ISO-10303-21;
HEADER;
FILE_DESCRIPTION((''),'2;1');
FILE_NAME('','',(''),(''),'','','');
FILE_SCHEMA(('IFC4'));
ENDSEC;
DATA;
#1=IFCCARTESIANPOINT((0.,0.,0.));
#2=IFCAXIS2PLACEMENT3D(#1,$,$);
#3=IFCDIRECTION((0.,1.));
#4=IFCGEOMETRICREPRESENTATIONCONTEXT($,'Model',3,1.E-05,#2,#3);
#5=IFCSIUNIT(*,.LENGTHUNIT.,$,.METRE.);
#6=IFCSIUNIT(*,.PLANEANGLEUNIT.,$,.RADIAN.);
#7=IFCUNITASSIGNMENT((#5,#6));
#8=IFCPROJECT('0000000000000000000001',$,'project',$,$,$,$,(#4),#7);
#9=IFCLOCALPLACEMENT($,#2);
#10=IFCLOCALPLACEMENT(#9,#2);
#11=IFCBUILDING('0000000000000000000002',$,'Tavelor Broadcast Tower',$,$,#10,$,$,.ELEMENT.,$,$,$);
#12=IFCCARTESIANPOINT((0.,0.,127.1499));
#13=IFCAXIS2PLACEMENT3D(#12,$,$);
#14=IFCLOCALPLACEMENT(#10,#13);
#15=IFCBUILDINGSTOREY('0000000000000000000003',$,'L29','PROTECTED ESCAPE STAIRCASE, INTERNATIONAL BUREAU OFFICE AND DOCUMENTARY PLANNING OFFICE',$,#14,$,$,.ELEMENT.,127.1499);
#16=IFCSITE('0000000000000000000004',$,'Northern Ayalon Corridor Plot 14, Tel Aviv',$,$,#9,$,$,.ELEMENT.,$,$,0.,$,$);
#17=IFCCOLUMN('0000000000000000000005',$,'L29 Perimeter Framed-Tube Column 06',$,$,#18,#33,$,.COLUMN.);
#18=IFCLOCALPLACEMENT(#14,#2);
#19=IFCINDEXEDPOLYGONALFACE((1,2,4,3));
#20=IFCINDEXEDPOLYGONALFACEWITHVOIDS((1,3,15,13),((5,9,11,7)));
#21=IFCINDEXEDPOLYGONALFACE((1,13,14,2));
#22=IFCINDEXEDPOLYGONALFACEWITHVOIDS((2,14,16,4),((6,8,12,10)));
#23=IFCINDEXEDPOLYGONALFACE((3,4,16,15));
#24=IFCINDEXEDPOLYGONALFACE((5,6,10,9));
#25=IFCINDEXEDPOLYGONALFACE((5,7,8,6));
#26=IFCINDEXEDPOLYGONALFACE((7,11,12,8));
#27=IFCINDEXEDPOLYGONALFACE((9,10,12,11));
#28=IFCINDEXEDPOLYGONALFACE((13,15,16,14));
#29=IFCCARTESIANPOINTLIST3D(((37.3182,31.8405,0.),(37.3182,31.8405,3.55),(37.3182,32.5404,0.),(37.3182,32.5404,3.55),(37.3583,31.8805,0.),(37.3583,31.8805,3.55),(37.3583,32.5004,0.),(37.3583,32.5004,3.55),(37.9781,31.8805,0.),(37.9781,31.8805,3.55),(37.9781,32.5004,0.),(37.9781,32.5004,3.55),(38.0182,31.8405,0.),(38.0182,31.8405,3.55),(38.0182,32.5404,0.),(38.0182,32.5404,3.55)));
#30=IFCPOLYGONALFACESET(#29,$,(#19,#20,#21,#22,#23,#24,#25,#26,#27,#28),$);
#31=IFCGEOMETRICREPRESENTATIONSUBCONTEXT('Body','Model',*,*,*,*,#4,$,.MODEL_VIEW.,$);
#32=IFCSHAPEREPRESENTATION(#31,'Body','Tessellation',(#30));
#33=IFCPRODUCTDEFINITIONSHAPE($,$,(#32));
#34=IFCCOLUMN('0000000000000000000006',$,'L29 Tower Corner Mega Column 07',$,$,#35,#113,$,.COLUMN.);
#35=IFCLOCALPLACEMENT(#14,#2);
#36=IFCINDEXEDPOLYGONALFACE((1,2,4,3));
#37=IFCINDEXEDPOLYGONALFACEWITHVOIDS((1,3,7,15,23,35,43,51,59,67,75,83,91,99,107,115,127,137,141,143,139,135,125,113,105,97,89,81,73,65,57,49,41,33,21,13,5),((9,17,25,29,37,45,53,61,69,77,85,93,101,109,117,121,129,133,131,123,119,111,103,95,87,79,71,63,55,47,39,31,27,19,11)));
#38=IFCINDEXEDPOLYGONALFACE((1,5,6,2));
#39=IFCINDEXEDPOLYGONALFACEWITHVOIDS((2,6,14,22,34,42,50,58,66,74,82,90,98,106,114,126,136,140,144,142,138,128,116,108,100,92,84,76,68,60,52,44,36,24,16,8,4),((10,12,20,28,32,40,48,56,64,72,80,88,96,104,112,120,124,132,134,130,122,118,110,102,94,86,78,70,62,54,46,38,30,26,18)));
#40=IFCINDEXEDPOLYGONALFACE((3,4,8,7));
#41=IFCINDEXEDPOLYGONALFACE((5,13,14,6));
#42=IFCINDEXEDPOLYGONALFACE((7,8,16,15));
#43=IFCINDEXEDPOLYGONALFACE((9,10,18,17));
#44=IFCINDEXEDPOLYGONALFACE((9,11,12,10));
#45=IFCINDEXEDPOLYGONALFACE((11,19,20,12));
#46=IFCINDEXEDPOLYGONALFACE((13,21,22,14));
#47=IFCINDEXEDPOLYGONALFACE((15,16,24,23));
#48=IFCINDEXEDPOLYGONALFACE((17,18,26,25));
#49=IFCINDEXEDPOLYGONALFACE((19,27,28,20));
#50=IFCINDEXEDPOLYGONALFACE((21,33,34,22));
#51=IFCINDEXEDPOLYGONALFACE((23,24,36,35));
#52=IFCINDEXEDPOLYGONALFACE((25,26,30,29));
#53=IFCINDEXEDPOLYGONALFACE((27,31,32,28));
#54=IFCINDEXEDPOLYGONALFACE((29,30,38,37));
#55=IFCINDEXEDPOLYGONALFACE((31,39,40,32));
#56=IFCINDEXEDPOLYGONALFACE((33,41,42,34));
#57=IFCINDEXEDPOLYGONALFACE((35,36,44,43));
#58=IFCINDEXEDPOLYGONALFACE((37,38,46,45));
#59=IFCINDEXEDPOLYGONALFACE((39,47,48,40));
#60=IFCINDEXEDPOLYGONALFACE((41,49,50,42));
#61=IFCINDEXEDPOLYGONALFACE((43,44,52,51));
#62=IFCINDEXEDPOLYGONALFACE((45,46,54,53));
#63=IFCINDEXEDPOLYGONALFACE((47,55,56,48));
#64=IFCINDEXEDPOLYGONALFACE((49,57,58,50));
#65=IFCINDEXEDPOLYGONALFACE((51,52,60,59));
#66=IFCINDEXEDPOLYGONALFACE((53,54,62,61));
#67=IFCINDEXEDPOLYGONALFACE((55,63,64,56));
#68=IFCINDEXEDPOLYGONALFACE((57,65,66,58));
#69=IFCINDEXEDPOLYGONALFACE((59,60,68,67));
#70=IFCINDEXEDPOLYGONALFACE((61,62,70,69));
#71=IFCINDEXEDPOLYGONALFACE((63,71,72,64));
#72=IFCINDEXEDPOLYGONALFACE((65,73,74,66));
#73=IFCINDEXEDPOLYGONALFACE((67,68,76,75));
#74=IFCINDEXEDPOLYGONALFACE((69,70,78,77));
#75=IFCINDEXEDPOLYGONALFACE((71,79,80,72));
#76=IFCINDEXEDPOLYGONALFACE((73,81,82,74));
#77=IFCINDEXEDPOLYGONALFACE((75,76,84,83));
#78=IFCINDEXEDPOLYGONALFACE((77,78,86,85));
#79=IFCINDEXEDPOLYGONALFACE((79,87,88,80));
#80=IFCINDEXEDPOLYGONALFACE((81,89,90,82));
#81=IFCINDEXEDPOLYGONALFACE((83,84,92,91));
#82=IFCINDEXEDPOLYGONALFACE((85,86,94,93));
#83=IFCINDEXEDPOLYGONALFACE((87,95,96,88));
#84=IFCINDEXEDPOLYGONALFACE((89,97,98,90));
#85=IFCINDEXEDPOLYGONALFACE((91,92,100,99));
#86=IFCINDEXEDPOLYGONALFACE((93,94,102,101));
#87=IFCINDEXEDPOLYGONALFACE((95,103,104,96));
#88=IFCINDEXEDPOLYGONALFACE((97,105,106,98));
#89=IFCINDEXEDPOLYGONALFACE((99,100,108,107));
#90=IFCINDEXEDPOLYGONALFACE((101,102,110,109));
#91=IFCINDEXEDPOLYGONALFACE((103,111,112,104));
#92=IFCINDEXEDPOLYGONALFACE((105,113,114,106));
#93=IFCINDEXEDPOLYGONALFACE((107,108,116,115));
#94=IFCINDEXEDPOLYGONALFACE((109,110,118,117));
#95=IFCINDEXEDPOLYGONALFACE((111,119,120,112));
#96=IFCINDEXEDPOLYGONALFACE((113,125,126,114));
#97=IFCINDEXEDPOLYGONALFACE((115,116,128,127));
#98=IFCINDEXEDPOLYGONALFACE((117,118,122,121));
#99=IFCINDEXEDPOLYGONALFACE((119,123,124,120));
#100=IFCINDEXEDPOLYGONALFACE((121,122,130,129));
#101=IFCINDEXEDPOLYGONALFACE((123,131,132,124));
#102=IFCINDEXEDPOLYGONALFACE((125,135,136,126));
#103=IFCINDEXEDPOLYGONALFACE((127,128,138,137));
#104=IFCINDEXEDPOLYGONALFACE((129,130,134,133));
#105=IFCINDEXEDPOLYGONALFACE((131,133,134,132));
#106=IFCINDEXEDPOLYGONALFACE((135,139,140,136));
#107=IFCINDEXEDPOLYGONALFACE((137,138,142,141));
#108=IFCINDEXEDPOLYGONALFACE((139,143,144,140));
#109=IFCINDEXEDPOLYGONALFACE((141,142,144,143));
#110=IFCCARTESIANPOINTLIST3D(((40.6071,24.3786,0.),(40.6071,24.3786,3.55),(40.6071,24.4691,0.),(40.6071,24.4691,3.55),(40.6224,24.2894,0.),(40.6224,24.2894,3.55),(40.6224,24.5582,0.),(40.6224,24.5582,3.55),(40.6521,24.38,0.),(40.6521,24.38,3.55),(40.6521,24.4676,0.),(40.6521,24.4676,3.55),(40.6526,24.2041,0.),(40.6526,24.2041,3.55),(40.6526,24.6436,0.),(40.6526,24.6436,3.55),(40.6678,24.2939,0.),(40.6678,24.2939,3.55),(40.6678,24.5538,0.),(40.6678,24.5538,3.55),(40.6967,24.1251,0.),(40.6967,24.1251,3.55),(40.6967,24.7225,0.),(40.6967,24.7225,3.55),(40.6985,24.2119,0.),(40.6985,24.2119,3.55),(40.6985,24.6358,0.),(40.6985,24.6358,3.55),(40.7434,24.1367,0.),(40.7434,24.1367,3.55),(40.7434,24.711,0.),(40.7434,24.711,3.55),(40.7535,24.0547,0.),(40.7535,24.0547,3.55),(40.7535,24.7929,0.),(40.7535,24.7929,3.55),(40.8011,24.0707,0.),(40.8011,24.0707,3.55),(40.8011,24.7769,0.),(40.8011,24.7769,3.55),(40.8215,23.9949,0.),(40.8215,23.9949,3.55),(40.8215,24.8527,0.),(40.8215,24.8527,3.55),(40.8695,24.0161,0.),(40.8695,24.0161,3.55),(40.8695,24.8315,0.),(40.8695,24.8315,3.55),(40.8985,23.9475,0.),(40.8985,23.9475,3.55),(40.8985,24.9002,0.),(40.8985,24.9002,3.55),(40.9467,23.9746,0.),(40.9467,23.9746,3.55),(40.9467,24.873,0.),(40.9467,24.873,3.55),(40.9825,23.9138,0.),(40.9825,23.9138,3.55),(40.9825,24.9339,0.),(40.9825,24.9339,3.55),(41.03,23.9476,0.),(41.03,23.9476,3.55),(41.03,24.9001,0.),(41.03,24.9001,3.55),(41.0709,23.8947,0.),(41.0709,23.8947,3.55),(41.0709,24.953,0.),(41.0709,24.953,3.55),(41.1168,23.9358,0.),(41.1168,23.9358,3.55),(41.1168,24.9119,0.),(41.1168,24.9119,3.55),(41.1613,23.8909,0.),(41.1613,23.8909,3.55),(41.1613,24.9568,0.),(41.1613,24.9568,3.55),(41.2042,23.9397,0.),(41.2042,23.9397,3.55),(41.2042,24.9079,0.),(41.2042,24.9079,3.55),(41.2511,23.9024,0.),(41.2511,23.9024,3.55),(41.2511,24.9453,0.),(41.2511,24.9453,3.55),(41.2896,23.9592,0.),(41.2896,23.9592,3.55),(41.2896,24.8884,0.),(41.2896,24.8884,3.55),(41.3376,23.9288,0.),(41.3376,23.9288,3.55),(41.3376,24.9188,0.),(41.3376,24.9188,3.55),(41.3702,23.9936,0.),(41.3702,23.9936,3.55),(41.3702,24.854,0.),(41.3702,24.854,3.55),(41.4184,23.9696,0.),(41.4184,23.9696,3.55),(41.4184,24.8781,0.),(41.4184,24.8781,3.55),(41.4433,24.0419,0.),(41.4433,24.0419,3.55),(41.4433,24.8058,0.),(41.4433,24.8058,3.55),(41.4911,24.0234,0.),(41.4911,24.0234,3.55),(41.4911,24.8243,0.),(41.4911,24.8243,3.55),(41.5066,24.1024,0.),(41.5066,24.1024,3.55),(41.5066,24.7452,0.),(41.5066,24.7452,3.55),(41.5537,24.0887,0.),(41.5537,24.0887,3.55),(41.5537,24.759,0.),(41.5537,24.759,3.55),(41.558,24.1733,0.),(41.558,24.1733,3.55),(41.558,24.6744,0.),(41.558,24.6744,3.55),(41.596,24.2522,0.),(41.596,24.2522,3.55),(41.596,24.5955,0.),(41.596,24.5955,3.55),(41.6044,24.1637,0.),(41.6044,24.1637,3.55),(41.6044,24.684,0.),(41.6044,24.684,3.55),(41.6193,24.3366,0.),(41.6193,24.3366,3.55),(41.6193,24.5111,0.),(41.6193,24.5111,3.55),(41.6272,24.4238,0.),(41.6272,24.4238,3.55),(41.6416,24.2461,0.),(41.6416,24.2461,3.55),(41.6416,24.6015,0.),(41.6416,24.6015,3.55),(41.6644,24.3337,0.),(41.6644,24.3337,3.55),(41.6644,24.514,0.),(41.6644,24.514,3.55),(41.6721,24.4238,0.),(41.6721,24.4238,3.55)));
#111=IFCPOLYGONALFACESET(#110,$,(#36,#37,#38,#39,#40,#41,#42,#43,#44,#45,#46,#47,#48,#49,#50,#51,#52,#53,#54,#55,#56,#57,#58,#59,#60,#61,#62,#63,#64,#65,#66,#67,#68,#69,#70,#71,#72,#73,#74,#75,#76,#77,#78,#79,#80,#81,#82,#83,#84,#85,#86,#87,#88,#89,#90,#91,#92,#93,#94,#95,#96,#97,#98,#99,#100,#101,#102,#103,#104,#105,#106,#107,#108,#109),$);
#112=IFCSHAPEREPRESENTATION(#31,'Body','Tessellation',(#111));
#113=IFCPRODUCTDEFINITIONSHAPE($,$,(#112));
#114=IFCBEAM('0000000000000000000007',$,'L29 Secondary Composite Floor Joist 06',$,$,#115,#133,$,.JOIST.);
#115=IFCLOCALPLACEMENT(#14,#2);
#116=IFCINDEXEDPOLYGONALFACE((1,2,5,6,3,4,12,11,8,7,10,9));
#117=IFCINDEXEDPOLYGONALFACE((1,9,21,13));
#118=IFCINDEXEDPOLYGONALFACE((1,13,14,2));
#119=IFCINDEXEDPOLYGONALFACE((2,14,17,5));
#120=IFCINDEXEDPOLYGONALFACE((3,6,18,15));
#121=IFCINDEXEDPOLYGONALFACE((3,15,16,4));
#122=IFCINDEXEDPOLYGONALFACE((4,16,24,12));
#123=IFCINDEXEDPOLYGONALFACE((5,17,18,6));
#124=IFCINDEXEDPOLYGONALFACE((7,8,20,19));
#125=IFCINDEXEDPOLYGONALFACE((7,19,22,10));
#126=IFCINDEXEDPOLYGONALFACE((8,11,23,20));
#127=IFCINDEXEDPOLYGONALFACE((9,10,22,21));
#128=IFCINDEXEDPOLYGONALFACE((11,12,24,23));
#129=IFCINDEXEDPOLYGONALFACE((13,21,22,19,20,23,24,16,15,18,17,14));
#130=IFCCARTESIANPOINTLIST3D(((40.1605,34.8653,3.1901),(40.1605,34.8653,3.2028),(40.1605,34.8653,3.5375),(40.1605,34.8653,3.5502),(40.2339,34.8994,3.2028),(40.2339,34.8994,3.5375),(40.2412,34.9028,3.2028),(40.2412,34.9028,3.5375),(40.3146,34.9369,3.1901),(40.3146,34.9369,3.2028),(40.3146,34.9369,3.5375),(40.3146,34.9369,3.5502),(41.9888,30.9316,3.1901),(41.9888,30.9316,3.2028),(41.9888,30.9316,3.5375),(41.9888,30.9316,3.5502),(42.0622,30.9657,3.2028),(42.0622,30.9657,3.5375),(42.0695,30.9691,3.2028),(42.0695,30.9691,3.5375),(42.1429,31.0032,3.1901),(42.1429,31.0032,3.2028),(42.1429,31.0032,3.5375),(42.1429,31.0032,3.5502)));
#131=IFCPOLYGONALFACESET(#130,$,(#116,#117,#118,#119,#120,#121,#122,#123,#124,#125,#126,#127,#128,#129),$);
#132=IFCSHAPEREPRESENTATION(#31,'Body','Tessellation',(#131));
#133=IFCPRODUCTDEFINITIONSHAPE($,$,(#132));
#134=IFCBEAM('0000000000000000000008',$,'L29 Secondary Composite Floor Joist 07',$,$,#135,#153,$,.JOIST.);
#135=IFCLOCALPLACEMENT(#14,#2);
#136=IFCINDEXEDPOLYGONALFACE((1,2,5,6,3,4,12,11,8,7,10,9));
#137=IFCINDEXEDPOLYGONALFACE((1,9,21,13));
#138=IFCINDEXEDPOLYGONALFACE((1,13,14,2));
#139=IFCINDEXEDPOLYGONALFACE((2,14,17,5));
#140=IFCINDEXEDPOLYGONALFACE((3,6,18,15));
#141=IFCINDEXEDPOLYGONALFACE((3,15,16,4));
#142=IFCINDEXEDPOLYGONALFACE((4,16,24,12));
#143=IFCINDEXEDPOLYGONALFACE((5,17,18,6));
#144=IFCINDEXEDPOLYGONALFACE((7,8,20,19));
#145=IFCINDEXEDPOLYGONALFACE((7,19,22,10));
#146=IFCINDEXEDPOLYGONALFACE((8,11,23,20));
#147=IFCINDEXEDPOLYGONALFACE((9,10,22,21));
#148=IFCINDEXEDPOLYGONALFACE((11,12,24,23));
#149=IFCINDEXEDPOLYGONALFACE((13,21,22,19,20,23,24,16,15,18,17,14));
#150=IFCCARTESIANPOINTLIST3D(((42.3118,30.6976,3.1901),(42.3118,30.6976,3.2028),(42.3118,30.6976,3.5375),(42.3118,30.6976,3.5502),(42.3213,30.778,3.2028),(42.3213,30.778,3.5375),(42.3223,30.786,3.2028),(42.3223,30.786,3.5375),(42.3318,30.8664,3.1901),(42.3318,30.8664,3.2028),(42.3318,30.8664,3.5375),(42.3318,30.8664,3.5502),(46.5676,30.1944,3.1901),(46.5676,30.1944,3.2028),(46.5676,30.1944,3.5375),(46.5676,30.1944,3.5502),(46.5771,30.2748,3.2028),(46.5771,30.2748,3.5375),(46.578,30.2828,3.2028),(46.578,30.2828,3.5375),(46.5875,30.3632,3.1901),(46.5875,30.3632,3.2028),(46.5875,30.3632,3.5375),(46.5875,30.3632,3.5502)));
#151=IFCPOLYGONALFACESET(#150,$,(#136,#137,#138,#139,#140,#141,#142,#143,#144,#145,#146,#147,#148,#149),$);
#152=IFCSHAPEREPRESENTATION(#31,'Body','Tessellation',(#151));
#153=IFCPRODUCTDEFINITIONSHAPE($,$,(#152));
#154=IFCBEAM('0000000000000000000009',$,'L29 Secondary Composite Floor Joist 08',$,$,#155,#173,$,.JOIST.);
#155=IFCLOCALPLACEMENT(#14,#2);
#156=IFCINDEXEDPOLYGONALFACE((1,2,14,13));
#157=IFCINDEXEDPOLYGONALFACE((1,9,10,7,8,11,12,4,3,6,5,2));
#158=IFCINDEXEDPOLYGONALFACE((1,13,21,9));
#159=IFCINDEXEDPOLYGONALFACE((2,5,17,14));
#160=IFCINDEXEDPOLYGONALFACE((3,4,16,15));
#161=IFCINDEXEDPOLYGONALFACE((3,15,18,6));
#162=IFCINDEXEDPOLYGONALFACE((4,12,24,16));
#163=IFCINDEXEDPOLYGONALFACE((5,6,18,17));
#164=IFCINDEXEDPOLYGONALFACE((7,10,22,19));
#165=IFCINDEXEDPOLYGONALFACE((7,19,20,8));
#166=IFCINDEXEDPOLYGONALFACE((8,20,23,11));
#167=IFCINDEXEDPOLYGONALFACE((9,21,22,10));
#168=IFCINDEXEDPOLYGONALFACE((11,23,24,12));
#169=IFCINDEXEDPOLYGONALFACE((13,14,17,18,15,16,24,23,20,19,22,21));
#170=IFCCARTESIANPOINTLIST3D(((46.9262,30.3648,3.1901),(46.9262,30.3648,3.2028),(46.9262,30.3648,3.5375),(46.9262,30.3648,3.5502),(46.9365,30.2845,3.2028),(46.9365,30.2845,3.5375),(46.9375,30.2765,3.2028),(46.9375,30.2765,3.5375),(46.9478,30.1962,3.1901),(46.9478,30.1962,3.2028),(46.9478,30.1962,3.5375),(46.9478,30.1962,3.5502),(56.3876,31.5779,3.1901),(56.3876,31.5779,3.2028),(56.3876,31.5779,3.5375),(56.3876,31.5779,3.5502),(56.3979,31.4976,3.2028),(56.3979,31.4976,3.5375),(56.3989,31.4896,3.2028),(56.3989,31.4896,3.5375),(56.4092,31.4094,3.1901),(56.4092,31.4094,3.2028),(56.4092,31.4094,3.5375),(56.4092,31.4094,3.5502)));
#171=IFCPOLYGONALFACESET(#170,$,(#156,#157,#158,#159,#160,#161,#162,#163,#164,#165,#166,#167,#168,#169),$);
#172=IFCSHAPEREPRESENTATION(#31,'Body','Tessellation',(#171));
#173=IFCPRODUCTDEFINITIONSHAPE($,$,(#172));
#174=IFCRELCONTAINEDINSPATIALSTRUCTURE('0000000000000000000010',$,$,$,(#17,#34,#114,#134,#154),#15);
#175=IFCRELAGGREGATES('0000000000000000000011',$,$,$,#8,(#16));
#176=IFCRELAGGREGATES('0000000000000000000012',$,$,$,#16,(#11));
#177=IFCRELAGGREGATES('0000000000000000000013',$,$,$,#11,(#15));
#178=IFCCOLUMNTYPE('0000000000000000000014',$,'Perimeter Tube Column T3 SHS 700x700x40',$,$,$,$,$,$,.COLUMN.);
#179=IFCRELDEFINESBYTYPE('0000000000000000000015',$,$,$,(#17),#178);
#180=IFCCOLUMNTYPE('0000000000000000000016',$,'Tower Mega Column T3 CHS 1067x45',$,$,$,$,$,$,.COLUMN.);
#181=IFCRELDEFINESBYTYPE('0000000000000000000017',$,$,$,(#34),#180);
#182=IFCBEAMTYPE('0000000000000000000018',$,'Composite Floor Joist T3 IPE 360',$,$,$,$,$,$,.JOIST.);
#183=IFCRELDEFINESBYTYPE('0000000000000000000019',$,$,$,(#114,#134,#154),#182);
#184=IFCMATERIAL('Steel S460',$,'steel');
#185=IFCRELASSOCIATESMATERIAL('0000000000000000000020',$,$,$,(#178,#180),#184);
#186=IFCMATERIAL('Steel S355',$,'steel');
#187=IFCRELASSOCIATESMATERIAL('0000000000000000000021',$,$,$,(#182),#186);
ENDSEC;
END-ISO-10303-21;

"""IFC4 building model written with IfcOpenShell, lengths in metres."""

from ifc_helpers import new_model, si_unit, direction, frame, origin, origin_2d, place, context, subcontext, project, spatial, hollow_rectangle, hollow_circle, i_section, extrude, material, material_profile, profile_set, type_object, element, save


model = new_model("IFC4")

# Units and contexts
model_context = context("Model", 3, precision=1e-05, world=origin(), true_north=direction((0.0, 1.0)))
body_context = subcontext(model_context, "Body", "Model", "MODEL_VIEW")
ifc_project = project(units=[si_unit("LENGTHUNIT", "METRE"), si_unit("PLANEANGLEUNIT", "RADIAN")], contexts=[model_context])

# Site, building, storey
site_placement = place(None, origin())
site = spatial("IfcSite", under=ifc_project, at=site_placement, Name="Northern Ayalon Corridor Plot 14, Tel Aviv", CompositionType="ELEMENT", RefElevation=0.0)
building_placement = place(site_placement, origin())
building = spatial("IfcBuilding", under=site, at=building_placement, Name="Tavelor Broadcast Tower", CompositionType="ELEMENT")
storey_placement = place(building_placement, frame((0.0, 0.0, 127.1499)))
storey = spatial("IfcBuildingStorey", under=building, at=storey_placement, Name="L29", Description="PROTECTED ESCAPE STAIRCASE, INTERNATIONAL BUREAU OFFICE AND DOCUMENTARY PLANNING OFFICE", CompositionType="ELEMENT", Elevation=127.1499)

# Columns
ifc_material_1 = material(Name="Steel S460", Category="steel")
ifc_material_profile_1 = material_profile(ifc_material_1, hollow_rectangle(XDim=0.7, YDim=0.7, WallThickness=0.04, at=origin_2d()), Name="SHS 700x700x40")
ifc_profile_set_1 = profile_set([ifc_material_profile_1], Name="Steel S460")
column_type_1 = type_object("IfcColumnType", Name="Perimeter Tube Column T3 SHS 700x700x40", PredefinedType="COLUMN", material=ifc_profile_set_1)
column_1_placement = place(storey_placement, frame((37.6682, 32.1904, 0.0), z_axis=(0.0, 0.0, 1.0), x_axis=(1.0, 0.0, 0.0)))
element("IfcColumn", 1, at=column_1_placement, inside=storey, type_object=column_type_1, Name="L29 Perimeter Framed-Tube Column 06", PredefinedType="COLUMN", context=body_context, shape_type="SweptSolid", body=[
    extrude(hollow_rectangle(XDim=0.7, YDim=0.7, WallThickness=0.04, at=origin_2d()), origin(), (0.0, 0.0, 1.0), 3.55),
])
ifc_material_profile_2 = material_profile(ifc_material_1, hollow_circle(Radius=0.5334, WallThickness=0.0449, at=origin_2d()), Name="CHS 1067x45")
ifc_profile_set_2 = profile_set([ifc_material_profile_2], Name="Steel S460")
column_type_2 = type_object("IfcColumnType", Name="Tower Mega Column T3 CHS 1067x45", PredefinedType="COLUMN", material=ifc_profile_set_2)
column_2_placement = place(storey_placement, frame((41.1387, 24.4238, 0.0), z_axis=(0.0, 0.0, 1.0), x_axis=(1.0, 0.0, 0.0)))
element("IfcColumn", 2, at=column_2_placement, inside=storey, type_object=column_type_2, Name="L29 Tower Corner Mega Column 07", PredefinedType="COLUMN", context=body_context, shape_type="SweptSolid", body=[
    extrude(hollow_circle(Radius=0.5334, WallThickness=0.0449, at=origin_2d()), origin(), (0.0, 0.0, 1.0), 3.55),
])

# Beams
ifc_material_2 = material(Name="Steel S355", Category="steel")
ifc_material_profile_3 = material_profile(ifc_material_2, i_section(OverallWidth=0.1699, OverallDepth=0.3601, WebThickness=0.0081, FlangeThickness=0.0127, at=origin_2d()), Name="IPE 360")
ifc_profile_set_3 = profile_set([ifc_material_profile_3], Name="Steel S355")
beam_type_1 = type_object("IfcBeamType", Name="Composite Floor Joist T3 IPE 360", PredefinedType="JOIST", material=ifc_profile_set_3)
beam_1_placement = place(storey_placement, frame((40.2375, 34.9011, 3.3701), z_axis=(0.42148, -0.906838, 0.0), x_axis=(0.906838, 0.42148, 0.0)))
element("IfcBeam", 3, at=beam_1_placement, inside=storey, type_object=beam_type_1, Name="L29 Secondary Composite Floor Joist 06", PredefinedType="JOIST", context=body_context, shape_type="SweptSolid", body=[
    extrude(i_section(OverallWidth=0.1699, OverallDepth=0.3601, WebThickness=0.0081, FlangeThickness=0.0127, at=origin_2d()), origin(), (0.0, 0.0, 1.0), 4.3379),
])
beam_2_placement = place(storey_placement, frame((42.3218, 30.782, 3.3701), z_axis=(0.993083, -0.117413, 0.0), x_axis=(0.117413, 0.993083, 0.0)))
element("IfcBeam", 4, at=beam_2_placement, inside=storey, type_object=beam_type_1, Name="L29 Secondary Composite Floor Joist 07", PredefinedType="JOIST", context=body_context, shape_type="SweptSolid", body=[
    extrude(i_section(OverallWidth=0.1699, OverallDepth=0.3601, WebThickness=0.0081, FlangeThickness=0.0127, at=origin_2d()), origin(), (0.0, 0.0, 1.0), 4.2854),
])
beam_3_placement = place(storey_placement, frame((46.937, 30.2805, 3.3701), z_axis=(0.99188, 0.127178, 0.0), x_axis=(-0.127178, 0.99188, 0.0)))
element("IfcBeam", 5, at=beam_3_placement, inside=storey, type_object=beam_type_1, Name="L29 Secondary Composite Floor Joist 08", PredefinedType="JOIST", context=body_context, shape_type="SweptSolid", body=[
    extrude(i_section(OverallWidth=0.1699, OverallDepth=0.3601, WebThickness=0.0081, FlangeThickness=0.0127, at=origin_2d()), origin(), (0.0, 0.0, 1.0), 9.5388),
])

save(model, "model.ifc")
